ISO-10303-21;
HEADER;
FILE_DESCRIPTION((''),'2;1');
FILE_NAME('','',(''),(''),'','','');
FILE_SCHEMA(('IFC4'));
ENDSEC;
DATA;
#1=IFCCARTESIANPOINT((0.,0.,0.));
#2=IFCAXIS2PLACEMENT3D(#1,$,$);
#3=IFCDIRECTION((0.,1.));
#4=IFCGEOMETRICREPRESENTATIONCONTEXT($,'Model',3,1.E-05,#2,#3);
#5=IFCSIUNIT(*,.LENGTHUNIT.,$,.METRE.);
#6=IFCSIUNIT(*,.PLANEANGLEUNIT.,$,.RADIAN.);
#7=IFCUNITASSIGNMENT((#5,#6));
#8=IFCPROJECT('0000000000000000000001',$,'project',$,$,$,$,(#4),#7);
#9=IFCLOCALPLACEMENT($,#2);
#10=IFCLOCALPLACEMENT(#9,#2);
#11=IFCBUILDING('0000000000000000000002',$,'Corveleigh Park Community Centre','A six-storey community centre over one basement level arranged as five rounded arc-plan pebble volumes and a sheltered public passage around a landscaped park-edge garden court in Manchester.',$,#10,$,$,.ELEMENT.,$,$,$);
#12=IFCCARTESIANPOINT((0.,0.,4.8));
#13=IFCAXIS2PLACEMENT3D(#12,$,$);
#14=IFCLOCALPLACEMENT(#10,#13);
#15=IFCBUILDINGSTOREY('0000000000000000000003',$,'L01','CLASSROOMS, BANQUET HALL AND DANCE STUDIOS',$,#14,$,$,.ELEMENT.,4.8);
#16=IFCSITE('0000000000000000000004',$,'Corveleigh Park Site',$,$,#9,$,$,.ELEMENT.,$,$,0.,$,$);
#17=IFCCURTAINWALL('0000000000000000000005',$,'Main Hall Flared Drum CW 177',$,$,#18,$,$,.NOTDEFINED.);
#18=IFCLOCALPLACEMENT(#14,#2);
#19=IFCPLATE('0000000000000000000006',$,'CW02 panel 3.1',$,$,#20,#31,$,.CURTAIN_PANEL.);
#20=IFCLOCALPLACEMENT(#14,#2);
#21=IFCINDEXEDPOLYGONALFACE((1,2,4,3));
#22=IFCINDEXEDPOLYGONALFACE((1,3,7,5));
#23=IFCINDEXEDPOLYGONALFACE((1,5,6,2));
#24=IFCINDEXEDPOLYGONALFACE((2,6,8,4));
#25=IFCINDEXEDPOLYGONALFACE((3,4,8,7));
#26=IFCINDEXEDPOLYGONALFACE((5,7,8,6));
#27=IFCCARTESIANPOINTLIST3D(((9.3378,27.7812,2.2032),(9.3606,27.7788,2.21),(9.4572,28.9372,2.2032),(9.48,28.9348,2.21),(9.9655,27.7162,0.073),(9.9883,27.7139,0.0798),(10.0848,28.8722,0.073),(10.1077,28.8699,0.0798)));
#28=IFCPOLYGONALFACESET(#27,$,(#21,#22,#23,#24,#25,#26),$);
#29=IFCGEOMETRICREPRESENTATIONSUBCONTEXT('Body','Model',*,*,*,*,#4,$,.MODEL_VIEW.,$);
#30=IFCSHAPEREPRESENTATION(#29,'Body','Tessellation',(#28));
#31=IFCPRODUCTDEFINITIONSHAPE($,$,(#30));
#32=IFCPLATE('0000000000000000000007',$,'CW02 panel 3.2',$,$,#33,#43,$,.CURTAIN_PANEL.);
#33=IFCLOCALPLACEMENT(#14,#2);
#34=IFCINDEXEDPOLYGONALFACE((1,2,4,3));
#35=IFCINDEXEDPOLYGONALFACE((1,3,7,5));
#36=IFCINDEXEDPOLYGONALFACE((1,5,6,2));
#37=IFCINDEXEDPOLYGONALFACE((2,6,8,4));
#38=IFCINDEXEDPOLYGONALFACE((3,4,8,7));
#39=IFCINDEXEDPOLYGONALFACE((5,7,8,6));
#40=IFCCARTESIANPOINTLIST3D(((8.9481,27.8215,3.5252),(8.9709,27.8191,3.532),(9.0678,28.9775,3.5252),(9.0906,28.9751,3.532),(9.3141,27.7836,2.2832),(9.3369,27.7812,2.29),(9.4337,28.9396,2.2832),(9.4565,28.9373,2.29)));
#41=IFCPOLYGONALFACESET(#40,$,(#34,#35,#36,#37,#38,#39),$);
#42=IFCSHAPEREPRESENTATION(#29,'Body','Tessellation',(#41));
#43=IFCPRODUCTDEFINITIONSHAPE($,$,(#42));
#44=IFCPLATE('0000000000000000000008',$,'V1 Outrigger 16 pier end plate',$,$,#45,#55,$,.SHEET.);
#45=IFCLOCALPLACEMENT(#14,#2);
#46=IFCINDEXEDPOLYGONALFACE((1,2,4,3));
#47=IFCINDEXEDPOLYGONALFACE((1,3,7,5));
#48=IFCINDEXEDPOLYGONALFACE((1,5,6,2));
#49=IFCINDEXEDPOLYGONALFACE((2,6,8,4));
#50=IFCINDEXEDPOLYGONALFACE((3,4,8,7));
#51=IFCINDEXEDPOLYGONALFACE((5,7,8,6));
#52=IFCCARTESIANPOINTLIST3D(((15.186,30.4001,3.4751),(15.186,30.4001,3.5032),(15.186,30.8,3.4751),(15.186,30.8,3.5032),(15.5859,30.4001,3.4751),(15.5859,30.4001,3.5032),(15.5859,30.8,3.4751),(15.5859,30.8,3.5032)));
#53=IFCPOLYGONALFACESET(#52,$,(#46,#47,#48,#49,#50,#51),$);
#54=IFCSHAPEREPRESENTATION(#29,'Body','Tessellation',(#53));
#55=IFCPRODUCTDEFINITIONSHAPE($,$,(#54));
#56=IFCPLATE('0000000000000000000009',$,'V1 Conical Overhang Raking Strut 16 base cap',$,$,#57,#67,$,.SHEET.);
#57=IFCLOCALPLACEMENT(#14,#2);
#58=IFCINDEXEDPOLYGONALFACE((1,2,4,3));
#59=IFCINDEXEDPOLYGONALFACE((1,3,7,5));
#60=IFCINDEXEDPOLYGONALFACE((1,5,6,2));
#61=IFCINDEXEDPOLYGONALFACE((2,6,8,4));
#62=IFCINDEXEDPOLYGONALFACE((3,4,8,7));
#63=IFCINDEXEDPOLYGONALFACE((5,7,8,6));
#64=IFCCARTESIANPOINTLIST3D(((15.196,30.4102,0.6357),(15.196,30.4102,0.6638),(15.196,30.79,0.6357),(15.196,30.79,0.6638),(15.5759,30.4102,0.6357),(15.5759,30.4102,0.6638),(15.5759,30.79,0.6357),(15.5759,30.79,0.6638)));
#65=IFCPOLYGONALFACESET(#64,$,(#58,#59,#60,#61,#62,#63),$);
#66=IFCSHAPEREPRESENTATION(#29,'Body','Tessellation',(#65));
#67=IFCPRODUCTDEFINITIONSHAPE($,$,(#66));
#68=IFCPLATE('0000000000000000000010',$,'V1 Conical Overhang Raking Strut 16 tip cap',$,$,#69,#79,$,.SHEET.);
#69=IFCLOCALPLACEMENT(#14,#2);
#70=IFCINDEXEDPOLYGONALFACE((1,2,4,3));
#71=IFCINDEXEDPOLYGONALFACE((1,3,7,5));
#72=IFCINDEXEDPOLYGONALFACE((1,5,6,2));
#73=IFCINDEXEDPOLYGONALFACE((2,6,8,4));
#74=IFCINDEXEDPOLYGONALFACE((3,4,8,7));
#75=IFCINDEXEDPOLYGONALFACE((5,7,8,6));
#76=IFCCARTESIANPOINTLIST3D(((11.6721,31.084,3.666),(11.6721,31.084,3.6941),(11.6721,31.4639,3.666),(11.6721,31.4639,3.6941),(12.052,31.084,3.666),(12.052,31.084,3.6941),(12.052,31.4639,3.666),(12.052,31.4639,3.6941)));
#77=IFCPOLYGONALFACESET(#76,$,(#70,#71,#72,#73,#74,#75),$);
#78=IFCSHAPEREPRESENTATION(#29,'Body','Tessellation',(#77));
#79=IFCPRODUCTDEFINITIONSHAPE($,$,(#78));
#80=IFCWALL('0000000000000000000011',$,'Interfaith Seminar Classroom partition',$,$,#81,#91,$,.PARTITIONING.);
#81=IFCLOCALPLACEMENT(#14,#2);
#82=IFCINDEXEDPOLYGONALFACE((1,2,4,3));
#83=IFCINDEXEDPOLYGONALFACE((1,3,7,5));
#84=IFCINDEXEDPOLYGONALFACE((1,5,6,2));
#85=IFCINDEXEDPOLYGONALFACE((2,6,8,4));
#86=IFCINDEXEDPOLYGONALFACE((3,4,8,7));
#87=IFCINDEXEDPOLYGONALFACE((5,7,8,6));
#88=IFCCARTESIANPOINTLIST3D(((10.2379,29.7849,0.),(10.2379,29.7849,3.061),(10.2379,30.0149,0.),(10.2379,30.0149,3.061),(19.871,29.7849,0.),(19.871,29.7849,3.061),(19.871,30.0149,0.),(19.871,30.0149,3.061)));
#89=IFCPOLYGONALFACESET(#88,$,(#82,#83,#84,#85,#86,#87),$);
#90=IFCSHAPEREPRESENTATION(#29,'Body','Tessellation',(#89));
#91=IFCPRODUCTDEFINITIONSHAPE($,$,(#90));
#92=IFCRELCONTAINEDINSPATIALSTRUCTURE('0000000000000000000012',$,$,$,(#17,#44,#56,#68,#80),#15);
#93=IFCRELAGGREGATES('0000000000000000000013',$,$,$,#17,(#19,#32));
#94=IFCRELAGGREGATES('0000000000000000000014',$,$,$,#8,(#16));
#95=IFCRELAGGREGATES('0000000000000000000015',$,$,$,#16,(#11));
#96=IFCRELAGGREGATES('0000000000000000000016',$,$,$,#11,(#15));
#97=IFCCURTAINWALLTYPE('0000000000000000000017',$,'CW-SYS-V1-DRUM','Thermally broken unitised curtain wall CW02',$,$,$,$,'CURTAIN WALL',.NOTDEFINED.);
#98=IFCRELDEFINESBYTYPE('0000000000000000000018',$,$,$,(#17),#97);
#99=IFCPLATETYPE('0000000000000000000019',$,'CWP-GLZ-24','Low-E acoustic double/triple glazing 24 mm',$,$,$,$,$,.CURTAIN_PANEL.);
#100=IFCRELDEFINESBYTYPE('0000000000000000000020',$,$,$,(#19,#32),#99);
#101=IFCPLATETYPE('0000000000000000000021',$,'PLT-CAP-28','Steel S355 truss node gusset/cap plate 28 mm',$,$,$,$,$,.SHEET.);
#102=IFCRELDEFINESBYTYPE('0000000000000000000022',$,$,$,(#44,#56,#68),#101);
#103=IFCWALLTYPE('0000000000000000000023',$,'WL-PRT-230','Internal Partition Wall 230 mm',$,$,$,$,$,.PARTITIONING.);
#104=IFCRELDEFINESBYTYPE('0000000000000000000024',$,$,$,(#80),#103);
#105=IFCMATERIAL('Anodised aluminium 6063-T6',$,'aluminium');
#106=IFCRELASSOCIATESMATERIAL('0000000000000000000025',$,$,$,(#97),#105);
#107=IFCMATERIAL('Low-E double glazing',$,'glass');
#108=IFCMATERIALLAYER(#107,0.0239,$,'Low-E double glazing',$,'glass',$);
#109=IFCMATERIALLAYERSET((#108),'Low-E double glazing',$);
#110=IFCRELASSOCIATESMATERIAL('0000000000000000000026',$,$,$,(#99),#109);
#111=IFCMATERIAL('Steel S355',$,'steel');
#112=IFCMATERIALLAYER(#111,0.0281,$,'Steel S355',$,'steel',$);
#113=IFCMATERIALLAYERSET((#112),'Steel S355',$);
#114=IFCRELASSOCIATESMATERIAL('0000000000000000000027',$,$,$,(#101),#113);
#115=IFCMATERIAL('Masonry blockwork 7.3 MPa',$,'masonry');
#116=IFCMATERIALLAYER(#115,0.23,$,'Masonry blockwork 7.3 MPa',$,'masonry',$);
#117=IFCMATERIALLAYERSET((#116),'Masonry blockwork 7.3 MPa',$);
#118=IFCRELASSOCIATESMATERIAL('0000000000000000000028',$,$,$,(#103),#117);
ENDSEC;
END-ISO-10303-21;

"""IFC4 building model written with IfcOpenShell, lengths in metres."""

from ifc_helpers import new_model, si_unit, direction, frame, frame_2d, origin, origin_2d, place, context, subcontext, project, spatial, polyline, rectangle, outline, extrude, material, layer, layer_set, type_object, element, aggregate, save


model = new_model("IFC4")

# Units and contexts
model_context = context("Model", 3, precision=1e-05, world=origin(), true_north=direction((0.0, 1.0)))
body_context = subcontext(model_context, "Body", "Model", "MODEL_VIEW")
ifc_project = project(units=[si_unit("LENGTHUNIT", "METRE"), si_unit("PLANEANGLEUNIT", "RADIAN")], contexts=[model_context])

# Site, building, storey
site_placement = place(None, origin())
site = spatial("IfcSite", under=ifc_project, at=site_placement, Name="Corveleigh Park Site", CompositionType="ELEMENT", RefElevation=0.0)
building_placement = place(site_placement, origin())
building = spatial("IfcBuilding", under=site, at=building_placement, Name="Corveleigh Park Community Centre", Description="A six-storey community centre over one basement level arranged as five rounded arc-plan pebble volumes and a sheltered public passage around a landscaped park-edge garden court in Manchester.", CompositionType="ELEMENT")
storey_placement = place(building_placement, frame((0.0, 0.0, 4.8)))
storey = spatial("IfcBuildingStorey", under=building, at=storey_placement, Name="L01", Description="CLASSROOMS, BANQUET HALL AND DANCE STUDIOS", CompositionType="ELEMENT", Elevation=4.8)

# Shared definitions
ifc_material_1 = material(Name="Steel S355", Category="steel")

# Curtain wall
ifc_material_2 = material(Name="Anodised aluminium 6063-T6", Category="aluminium")
curtain_wall_type = type_object("IfcCurtainWallType", Name="CW-SYS-V1-DRUM", Description="Thermally broken unitised curtain wall CW02", ElementType="CURTAIN WALL", PredefinedType="NOTDEFINED", material=ifc_material_2)
curtain_wall_1_placement = place(storey_placement, origin())
curtain_wall_1 = element("IfcCurtainWall", 1, at=curtain_wall_1_placement, inside=storey, type_object=curtain_wall_type, Name="Main Hall Flared Drum CW 177", PredefinedType="NOTDEFINED")

# Plates
ifc_material_3 = material(Name="Low-E double glazing", Category="glass")
ifc_layer_1 = layer(ifc_material_3, 0.0239, Name="Low-E double glazing", Category="glass")
ifc_layer_set_1 = layer_set([ifc_layer_1], Name="Low-E double glazing")
plate_type_1 = type_object("IfcPlateType", Name="CWP-GLZ-24", Description="Low-E acoustic double/triple glazing 24 mm", PredefinedType="CURTAIN_PANEL", material=ifc_layer_set_1)
plate_1_placement = place(storey_placement, frame((10.1077, 28.8699, 0.0798), z_axis=(0.953739, -0.098496, 0.284042), x_axis=(-0.102727, -0.99471, 0.0)))
plate_1 = element("IfcPlate", 2, at=plate_1_placement, type_object=plate_type_1, Name="CW02 panel 3.1", PredefinedType="CURTAIN_PANEL", context=body_context, shape_type="SweptSolid", body=[
    extrude(outline(polyline([(0.0, 0.0), (1.1622, 0.0), (1.162, -2.2216), (-0.0001, -2.2216), (0.0, 0.0)])), origin(), (0.0, 0.0, -1.0), 0.0239),
])
plate_2_placement = place(storey_placement, frame((9.4565, 28.9373, 2.29), z_axis=(0.953719, -0.098695, 0.284042), x_axis=(-0.102935, -0.994688, 0.0)))
plate_2 = element("IfcPlate", 3, at=plate_2_placement, type_object=plate_type_1, Name="CW02 panel 3.2", PredefinedType="CURTAIN_PANEL", context=body_context, shape_type="SweptSolid", body=[
    extrude(outline(polyline([(0.0, 0.0), (1.1622, 0.0), (1.1622, -1.2953), (0.0, -1.2953), (0.0, 0.0)])), origin(), (0.0, 0.0, -1.0), 0.0239),
])
aggregate(curtain_wall_1, [plate_1, plate_2])

# Plates
ifc_layer_2 = layer(ifc_material_1, 0.0281, Name="Steel S355", Category="steel")
ifc_layer_set_2 = layer_set([ifc_layer_2], Name="Steel S355")
plate_type_2 = type_object("IfcPlateType", Name="PLT-CAP-28", Description="Steel S355 truss node gusset/cap plate 28 mm", PredefinedType="SHEET", material=ifc_layer_set_2)
plate_3_placement = place(storey_placement, frame((15.386, 30.6001, 3.4751), z_axis=(0.0, 0.0, 1.0), x_axis=(1.0, 0.0, 0.0)))
element("IfcPlate", 4, at=plate_3_placement, inside=storey, type_object=plate_type_2, Name="V1 Outrigger 16 pier end plate", PredefinedType="SHEET", context=body_context, shape_type="SweptSolid", body=[
    extrude(rectangle(XDim=0.3999, YDim=0.3999, at=origin_2d()), origin(), (0.0, 0.0, 1.0), 0.0281),
])
for number, where, z_axis, x_axis, name in (
    (5, (15.386, 30.6001, 0.6357), (0.0, 0.0, 1.0), (1.0, 0.0, 0.0), "V1 Conical Overhang Raking Strut 16 base cap"),
    (6, (11.8621, 31.2739, 3.666), (0.0, 0.0, 1.0), (1.0, 0.0, 0.0), "V1 Conical Overhang Raking Strut 16 tip cap"),
):
    element("IfcPlate", number, at=place(storey_placement, frame(where, z_axis=z_axis, x_axis=x_axis)), inside=storey, type_object=plate_type_2, Name=name, PredefinedType="SHEET", context=body_context, shape_type="SweptSolid", body=[
        extrude(rectangle(XDim=0.3799, YDim=0.3799, at=origin_2d()), origin(), (0.0, 0.0, 1.0), 0.0281),
    ])

# Wall
ifc_material_4 = material(Name="Masonry blockwork 7.3 MPa", Category="masonry")
ifc_layer_3 = layer(ifc_material_4, 0.23, Name="Masonry blockwork 7.3 MPa", Category="masonry")
ifc_layer_set_3 = layer_set([ifc_layer_3], Name="Masonry blockwork 7.3 MPa")
wall_type = type_object("IfcWallType", Name="WL-PRT-230", Description="Internal Partition Wall 230 mm", PredefinedType="PARTITIONING", material=ifc_layer_set_3)
wall_placement = place(storey_placement, frame((10.238, 29.8999, 0.0), z_axis=(0.0, 0.0, 1.0), x_axis=(1.0, 0.0, 0.0)))
element("IfcWall", 7, at=wall_placement, inside=storey, type_object=wall_type, Name="Interfaith Seminar Classroom partition", PredefinedType="PARTITIONING", context=body_context, shape_type="SweptSolid", body=[
    extrude(rectangle(XDim=9.6331, YDim=0.23, at=frame_2d((4.8164, 0.0))), origin(), (0.0, 0.0, 1.0), 3.061),
])

save(model, "model.ifc")
